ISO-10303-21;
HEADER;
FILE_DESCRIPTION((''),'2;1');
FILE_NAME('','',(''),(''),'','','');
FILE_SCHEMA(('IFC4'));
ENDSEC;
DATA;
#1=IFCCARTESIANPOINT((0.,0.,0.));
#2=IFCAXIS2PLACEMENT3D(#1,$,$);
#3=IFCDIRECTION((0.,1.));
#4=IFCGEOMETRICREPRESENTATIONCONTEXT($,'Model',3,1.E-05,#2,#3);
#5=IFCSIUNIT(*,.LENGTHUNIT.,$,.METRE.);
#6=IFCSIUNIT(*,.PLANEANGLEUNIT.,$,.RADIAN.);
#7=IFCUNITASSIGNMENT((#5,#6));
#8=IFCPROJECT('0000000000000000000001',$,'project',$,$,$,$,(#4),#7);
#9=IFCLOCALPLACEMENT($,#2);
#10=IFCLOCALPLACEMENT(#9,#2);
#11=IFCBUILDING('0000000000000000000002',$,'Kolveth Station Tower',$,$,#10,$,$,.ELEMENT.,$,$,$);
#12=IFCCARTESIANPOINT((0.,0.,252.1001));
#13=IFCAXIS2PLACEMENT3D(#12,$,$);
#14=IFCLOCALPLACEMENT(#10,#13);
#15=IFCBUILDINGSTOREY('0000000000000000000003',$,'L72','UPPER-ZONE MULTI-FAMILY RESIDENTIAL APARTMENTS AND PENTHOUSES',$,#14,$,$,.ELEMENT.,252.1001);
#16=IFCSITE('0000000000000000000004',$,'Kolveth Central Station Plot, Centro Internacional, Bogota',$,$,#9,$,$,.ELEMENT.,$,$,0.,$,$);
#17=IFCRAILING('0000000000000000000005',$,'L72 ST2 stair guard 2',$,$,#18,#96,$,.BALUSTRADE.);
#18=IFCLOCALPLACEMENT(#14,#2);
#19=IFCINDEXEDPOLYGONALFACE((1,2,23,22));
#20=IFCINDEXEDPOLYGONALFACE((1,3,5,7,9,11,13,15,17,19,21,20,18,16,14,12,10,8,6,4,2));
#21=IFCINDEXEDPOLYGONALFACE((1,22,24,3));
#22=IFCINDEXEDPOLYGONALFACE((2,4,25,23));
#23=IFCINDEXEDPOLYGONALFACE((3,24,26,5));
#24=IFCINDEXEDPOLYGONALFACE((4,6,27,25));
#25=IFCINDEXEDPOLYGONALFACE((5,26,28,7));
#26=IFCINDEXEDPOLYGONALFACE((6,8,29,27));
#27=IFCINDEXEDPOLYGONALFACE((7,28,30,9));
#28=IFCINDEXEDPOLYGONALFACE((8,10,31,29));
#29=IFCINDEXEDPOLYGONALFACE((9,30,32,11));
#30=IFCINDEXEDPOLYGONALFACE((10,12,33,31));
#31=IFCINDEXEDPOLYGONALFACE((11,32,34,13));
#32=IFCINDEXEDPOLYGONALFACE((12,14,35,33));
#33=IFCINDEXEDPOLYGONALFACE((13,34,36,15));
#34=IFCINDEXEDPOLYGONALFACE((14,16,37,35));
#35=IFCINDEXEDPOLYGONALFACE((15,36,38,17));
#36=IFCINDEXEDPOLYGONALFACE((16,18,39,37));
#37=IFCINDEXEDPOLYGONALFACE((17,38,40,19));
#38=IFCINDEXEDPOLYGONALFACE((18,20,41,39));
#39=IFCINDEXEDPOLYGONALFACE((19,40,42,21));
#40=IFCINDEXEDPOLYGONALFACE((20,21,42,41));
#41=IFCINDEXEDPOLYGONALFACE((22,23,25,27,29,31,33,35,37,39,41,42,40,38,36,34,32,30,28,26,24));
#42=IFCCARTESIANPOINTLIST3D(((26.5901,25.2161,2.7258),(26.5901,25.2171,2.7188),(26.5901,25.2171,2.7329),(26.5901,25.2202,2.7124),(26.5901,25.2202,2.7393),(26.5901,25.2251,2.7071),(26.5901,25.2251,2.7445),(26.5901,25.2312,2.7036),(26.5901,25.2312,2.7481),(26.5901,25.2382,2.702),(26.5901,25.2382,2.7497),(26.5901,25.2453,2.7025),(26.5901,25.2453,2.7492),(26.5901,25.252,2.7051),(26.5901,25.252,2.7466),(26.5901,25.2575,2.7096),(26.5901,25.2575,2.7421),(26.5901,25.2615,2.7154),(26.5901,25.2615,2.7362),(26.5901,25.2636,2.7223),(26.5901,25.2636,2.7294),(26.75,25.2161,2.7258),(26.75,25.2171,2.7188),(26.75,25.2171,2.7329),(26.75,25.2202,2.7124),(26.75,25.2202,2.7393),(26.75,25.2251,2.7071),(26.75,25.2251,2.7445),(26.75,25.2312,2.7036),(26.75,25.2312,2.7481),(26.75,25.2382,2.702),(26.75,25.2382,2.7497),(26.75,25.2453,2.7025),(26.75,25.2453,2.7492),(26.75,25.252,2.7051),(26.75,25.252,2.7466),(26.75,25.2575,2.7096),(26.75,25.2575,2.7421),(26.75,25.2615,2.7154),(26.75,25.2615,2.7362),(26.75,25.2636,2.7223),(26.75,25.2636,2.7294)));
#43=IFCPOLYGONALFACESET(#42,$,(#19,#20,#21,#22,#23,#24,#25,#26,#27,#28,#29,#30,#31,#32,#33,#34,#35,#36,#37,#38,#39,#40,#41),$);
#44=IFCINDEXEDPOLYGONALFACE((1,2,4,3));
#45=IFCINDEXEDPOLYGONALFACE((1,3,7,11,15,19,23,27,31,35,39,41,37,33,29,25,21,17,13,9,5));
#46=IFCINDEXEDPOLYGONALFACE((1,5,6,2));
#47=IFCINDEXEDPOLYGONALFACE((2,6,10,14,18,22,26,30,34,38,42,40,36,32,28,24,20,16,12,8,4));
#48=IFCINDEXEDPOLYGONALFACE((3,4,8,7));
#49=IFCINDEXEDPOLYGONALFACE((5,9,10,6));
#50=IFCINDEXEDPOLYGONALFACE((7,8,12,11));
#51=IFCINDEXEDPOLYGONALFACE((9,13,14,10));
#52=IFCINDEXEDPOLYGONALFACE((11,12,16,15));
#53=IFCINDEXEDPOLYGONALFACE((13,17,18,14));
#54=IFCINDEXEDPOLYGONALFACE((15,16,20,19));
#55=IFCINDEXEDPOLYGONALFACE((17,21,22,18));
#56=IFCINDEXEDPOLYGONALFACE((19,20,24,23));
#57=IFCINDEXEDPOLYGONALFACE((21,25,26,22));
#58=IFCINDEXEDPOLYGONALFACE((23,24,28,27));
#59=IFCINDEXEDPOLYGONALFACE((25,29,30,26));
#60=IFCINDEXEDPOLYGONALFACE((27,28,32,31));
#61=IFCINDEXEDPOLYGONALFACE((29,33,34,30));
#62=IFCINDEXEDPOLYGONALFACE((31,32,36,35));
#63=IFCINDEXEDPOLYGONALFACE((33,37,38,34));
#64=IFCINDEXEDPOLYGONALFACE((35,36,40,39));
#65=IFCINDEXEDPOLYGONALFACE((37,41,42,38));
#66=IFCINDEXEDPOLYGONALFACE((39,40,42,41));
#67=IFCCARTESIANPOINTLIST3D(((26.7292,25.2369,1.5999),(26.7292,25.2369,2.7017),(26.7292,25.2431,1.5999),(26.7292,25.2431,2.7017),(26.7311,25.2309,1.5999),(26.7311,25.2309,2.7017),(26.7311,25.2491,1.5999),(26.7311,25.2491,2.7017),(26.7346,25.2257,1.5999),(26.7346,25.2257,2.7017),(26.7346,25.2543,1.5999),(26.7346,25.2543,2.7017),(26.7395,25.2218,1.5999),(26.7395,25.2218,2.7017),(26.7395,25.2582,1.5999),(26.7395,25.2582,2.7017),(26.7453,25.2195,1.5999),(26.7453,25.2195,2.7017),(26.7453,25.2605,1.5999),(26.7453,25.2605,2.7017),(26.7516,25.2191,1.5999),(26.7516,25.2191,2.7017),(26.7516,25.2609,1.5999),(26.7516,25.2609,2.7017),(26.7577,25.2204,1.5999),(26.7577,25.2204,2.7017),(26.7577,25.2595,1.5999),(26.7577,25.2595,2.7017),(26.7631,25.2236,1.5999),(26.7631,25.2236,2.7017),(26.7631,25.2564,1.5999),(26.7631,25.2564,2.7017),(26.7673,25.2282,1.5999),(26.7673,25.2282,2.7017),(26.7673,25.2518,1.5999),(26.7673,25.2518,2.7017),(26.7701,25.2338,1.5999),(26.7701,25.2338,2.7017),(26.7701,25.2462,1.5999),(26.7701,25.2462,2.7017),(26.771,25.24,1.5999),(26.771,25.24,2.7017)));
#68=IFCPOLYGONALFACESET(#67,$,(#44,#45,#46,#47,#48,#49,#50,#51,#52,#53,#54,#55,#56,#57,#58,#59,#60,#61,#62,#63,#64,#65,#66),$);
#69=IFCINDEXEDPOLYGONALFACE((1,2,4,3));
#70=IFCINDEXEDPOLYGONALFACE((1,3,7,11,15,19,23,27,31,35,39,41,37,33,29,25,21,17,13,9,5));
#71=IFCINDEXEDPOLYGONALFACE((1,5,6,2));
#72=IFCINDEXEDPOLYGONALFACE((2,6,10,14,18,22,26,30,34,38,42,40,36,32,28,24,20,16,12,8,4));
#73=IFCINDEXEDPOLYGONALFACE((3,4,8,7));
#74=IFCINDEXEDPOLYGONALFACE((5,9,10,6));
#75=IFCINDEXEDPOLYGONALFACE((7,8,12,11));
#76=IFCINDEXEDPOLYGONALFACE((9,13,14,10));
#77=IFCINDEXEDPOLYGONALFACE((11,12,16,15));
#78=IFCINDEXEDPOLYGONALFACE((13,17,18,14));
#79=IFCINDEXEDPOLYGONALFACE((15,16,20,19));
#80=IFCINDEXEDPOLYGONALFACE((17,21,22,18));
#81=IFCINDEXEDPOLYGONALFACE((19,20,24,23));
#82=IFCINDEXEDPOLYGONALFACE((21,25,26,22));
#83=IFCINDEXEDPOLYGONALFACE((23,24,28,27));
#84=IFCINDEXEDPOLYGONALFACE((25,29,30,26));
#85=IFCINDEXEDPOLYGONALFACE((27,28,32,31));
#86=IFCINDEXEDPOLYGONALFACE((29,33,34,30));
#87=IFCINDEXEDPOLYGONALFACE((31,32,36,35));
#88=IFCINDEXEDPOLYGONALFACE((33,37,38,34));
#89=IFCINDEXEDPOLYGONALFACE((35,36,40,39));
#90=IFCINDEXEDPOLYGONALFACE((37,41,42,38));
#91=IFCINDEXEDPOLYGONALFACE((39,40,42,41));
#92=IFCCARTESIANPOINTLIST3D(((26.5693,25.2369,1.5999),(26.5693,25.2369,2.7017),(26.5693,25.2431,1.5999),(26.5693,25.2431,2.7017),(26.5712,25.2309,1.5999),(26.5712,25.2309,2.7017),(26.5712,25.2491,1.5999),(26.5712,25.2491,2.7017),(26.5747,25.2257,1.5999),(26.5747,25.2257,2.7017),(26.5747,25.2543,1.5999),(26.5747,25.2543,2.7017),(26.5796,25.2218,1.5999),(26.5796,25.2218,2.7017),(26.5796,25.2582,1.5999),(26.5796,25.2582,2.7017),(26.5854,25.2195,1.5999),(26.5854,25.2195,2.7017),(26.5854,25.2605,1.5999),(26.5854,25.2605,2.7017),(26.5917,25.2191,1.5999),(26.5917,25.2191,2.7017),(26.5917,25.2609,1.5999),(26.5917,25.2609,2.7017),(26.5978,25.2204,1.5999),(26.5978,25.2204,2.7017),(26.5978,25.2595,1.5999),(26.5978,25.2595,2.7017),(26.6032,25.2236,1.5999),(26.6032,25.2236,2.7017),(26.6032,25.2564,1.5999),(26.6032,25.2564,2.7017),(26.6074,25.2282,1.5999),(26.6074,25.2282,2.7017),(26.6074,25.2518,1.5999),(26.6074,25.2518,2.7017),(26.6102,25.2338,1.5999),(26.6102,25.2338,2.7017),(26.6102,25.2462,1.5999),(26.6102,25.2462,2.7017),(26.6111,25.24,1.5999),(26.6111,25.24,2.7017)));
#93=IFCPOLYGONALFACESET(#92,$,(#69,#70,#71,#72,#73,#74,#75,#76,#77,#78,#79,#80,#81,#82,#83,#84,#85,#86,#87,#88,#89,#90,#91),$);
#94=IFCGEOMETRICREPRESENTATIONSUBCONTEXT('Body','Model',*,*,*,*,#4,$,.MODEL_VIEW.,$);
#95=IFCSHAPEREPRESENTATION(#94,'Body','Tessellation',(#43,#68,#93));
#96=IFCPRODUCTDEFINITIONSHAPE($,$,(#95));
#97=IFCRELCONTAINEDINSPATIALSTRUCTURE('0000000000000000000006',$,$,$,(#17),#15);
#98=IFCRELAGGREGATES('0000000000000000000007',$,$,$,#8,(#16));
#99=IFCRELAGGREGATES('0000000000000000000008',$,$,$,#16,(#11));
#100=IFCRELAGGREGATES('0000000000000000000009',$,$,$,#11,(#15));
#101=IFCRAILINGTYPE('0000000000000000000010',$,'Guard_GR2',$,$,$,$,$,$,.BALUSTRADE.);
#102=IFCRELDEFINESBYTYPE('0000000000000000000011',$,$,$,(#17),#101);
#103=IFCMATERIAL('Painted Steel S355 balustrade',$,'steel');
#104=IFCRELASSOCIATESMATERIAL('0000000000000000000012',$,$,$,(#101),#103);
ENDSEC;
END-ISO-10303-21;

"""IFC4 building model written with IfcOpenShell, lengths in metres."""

from ifc_helpers import new_model, si_unit, direction, frame, origin, origin_2d, place, context, subcontext, project, spatial, circle, extrude, material, type_object, element, save


model = new_model("IFC4")

# Units and contexts
model_context = context("Model", 3, precision=1e-05, world=origin(), true_north=direction((0.0, 1.0)))
body_context = subcontext(model_context, "Body", "Model", "MODEL_VIEW")
ifc_project = project(units=[si_unit("LENGTHUNIT", "METRE"), si_unit("PLANEANGLEUNIT", "RADIAN")], contexts=[model_context])

# Site, building, storey
site_placement = place(None, origin())
site = spatial("IfcSite", under=ifc_project, at=site_placement, Name="Kolveth Central Station Plot, Centro Internacional, Bogota", CompositionType="ELEMENT", RefElevation=0.0)
building_placement = place(site_placement, origin())
building = spatial("IfcBuilding", under=site, at=building_placement, Name="Kolveth Station Tower", CompositionType="ELEMENT")
storey_placement = place(building_placement, frame((0.0, 0.0, 252.1001)))
storey = spatial("IfcBuildingStorey", under=building, at=storey_placement, Name="L72", Description="UPPER-ZONE MULTI-FAMILY RESIDENTIAL APARTMENTS AND PENTHOUSES", CompositionType="ELEMENT", Elevation=252.1001)

# Railing
ifc_material_1 = material(Name="Painted Steel S355 balustrade", Category="steel")
railing_type_1 = type_object("IfcRailingType", Name="Guard_GR2", PredefinedType="BALUSTRADE", material=ifc_material_1)
railing_1_placement = place(storey_placement, frame((26.75, 25.24, 1.5999)))
element("IfcRailing", 1, at=railing_1_placement, inside=storey, type_object=railing_type_1, Name="L72 ST2 stair guard 2", PredefinedType="BALUSTRADE", context=body_context, shape_type="SweptSolid", body=[
    extrude(circle(Radius=0.0239, at=origin_2d()), frame((0.0, 0.0, 1.126), z_axis=(-1.0, 0.0, 0.0), x_axis=(0.0, -1.0, 0.0)), (0.0, 0.0, 1.0), 0.1599),
    extrude(circle(Radius=0.021, at=origin_2d()), origin(), (0.0, 0.0, 1.0), 1.1018),
    extrude(circle(Radius=0.021, at=origin_2d()), frame((-0.1599, 0.0, 0.0)), (0.0, 0.0, 1.0), 1.1018),
])

save(model, "model.ifc")
